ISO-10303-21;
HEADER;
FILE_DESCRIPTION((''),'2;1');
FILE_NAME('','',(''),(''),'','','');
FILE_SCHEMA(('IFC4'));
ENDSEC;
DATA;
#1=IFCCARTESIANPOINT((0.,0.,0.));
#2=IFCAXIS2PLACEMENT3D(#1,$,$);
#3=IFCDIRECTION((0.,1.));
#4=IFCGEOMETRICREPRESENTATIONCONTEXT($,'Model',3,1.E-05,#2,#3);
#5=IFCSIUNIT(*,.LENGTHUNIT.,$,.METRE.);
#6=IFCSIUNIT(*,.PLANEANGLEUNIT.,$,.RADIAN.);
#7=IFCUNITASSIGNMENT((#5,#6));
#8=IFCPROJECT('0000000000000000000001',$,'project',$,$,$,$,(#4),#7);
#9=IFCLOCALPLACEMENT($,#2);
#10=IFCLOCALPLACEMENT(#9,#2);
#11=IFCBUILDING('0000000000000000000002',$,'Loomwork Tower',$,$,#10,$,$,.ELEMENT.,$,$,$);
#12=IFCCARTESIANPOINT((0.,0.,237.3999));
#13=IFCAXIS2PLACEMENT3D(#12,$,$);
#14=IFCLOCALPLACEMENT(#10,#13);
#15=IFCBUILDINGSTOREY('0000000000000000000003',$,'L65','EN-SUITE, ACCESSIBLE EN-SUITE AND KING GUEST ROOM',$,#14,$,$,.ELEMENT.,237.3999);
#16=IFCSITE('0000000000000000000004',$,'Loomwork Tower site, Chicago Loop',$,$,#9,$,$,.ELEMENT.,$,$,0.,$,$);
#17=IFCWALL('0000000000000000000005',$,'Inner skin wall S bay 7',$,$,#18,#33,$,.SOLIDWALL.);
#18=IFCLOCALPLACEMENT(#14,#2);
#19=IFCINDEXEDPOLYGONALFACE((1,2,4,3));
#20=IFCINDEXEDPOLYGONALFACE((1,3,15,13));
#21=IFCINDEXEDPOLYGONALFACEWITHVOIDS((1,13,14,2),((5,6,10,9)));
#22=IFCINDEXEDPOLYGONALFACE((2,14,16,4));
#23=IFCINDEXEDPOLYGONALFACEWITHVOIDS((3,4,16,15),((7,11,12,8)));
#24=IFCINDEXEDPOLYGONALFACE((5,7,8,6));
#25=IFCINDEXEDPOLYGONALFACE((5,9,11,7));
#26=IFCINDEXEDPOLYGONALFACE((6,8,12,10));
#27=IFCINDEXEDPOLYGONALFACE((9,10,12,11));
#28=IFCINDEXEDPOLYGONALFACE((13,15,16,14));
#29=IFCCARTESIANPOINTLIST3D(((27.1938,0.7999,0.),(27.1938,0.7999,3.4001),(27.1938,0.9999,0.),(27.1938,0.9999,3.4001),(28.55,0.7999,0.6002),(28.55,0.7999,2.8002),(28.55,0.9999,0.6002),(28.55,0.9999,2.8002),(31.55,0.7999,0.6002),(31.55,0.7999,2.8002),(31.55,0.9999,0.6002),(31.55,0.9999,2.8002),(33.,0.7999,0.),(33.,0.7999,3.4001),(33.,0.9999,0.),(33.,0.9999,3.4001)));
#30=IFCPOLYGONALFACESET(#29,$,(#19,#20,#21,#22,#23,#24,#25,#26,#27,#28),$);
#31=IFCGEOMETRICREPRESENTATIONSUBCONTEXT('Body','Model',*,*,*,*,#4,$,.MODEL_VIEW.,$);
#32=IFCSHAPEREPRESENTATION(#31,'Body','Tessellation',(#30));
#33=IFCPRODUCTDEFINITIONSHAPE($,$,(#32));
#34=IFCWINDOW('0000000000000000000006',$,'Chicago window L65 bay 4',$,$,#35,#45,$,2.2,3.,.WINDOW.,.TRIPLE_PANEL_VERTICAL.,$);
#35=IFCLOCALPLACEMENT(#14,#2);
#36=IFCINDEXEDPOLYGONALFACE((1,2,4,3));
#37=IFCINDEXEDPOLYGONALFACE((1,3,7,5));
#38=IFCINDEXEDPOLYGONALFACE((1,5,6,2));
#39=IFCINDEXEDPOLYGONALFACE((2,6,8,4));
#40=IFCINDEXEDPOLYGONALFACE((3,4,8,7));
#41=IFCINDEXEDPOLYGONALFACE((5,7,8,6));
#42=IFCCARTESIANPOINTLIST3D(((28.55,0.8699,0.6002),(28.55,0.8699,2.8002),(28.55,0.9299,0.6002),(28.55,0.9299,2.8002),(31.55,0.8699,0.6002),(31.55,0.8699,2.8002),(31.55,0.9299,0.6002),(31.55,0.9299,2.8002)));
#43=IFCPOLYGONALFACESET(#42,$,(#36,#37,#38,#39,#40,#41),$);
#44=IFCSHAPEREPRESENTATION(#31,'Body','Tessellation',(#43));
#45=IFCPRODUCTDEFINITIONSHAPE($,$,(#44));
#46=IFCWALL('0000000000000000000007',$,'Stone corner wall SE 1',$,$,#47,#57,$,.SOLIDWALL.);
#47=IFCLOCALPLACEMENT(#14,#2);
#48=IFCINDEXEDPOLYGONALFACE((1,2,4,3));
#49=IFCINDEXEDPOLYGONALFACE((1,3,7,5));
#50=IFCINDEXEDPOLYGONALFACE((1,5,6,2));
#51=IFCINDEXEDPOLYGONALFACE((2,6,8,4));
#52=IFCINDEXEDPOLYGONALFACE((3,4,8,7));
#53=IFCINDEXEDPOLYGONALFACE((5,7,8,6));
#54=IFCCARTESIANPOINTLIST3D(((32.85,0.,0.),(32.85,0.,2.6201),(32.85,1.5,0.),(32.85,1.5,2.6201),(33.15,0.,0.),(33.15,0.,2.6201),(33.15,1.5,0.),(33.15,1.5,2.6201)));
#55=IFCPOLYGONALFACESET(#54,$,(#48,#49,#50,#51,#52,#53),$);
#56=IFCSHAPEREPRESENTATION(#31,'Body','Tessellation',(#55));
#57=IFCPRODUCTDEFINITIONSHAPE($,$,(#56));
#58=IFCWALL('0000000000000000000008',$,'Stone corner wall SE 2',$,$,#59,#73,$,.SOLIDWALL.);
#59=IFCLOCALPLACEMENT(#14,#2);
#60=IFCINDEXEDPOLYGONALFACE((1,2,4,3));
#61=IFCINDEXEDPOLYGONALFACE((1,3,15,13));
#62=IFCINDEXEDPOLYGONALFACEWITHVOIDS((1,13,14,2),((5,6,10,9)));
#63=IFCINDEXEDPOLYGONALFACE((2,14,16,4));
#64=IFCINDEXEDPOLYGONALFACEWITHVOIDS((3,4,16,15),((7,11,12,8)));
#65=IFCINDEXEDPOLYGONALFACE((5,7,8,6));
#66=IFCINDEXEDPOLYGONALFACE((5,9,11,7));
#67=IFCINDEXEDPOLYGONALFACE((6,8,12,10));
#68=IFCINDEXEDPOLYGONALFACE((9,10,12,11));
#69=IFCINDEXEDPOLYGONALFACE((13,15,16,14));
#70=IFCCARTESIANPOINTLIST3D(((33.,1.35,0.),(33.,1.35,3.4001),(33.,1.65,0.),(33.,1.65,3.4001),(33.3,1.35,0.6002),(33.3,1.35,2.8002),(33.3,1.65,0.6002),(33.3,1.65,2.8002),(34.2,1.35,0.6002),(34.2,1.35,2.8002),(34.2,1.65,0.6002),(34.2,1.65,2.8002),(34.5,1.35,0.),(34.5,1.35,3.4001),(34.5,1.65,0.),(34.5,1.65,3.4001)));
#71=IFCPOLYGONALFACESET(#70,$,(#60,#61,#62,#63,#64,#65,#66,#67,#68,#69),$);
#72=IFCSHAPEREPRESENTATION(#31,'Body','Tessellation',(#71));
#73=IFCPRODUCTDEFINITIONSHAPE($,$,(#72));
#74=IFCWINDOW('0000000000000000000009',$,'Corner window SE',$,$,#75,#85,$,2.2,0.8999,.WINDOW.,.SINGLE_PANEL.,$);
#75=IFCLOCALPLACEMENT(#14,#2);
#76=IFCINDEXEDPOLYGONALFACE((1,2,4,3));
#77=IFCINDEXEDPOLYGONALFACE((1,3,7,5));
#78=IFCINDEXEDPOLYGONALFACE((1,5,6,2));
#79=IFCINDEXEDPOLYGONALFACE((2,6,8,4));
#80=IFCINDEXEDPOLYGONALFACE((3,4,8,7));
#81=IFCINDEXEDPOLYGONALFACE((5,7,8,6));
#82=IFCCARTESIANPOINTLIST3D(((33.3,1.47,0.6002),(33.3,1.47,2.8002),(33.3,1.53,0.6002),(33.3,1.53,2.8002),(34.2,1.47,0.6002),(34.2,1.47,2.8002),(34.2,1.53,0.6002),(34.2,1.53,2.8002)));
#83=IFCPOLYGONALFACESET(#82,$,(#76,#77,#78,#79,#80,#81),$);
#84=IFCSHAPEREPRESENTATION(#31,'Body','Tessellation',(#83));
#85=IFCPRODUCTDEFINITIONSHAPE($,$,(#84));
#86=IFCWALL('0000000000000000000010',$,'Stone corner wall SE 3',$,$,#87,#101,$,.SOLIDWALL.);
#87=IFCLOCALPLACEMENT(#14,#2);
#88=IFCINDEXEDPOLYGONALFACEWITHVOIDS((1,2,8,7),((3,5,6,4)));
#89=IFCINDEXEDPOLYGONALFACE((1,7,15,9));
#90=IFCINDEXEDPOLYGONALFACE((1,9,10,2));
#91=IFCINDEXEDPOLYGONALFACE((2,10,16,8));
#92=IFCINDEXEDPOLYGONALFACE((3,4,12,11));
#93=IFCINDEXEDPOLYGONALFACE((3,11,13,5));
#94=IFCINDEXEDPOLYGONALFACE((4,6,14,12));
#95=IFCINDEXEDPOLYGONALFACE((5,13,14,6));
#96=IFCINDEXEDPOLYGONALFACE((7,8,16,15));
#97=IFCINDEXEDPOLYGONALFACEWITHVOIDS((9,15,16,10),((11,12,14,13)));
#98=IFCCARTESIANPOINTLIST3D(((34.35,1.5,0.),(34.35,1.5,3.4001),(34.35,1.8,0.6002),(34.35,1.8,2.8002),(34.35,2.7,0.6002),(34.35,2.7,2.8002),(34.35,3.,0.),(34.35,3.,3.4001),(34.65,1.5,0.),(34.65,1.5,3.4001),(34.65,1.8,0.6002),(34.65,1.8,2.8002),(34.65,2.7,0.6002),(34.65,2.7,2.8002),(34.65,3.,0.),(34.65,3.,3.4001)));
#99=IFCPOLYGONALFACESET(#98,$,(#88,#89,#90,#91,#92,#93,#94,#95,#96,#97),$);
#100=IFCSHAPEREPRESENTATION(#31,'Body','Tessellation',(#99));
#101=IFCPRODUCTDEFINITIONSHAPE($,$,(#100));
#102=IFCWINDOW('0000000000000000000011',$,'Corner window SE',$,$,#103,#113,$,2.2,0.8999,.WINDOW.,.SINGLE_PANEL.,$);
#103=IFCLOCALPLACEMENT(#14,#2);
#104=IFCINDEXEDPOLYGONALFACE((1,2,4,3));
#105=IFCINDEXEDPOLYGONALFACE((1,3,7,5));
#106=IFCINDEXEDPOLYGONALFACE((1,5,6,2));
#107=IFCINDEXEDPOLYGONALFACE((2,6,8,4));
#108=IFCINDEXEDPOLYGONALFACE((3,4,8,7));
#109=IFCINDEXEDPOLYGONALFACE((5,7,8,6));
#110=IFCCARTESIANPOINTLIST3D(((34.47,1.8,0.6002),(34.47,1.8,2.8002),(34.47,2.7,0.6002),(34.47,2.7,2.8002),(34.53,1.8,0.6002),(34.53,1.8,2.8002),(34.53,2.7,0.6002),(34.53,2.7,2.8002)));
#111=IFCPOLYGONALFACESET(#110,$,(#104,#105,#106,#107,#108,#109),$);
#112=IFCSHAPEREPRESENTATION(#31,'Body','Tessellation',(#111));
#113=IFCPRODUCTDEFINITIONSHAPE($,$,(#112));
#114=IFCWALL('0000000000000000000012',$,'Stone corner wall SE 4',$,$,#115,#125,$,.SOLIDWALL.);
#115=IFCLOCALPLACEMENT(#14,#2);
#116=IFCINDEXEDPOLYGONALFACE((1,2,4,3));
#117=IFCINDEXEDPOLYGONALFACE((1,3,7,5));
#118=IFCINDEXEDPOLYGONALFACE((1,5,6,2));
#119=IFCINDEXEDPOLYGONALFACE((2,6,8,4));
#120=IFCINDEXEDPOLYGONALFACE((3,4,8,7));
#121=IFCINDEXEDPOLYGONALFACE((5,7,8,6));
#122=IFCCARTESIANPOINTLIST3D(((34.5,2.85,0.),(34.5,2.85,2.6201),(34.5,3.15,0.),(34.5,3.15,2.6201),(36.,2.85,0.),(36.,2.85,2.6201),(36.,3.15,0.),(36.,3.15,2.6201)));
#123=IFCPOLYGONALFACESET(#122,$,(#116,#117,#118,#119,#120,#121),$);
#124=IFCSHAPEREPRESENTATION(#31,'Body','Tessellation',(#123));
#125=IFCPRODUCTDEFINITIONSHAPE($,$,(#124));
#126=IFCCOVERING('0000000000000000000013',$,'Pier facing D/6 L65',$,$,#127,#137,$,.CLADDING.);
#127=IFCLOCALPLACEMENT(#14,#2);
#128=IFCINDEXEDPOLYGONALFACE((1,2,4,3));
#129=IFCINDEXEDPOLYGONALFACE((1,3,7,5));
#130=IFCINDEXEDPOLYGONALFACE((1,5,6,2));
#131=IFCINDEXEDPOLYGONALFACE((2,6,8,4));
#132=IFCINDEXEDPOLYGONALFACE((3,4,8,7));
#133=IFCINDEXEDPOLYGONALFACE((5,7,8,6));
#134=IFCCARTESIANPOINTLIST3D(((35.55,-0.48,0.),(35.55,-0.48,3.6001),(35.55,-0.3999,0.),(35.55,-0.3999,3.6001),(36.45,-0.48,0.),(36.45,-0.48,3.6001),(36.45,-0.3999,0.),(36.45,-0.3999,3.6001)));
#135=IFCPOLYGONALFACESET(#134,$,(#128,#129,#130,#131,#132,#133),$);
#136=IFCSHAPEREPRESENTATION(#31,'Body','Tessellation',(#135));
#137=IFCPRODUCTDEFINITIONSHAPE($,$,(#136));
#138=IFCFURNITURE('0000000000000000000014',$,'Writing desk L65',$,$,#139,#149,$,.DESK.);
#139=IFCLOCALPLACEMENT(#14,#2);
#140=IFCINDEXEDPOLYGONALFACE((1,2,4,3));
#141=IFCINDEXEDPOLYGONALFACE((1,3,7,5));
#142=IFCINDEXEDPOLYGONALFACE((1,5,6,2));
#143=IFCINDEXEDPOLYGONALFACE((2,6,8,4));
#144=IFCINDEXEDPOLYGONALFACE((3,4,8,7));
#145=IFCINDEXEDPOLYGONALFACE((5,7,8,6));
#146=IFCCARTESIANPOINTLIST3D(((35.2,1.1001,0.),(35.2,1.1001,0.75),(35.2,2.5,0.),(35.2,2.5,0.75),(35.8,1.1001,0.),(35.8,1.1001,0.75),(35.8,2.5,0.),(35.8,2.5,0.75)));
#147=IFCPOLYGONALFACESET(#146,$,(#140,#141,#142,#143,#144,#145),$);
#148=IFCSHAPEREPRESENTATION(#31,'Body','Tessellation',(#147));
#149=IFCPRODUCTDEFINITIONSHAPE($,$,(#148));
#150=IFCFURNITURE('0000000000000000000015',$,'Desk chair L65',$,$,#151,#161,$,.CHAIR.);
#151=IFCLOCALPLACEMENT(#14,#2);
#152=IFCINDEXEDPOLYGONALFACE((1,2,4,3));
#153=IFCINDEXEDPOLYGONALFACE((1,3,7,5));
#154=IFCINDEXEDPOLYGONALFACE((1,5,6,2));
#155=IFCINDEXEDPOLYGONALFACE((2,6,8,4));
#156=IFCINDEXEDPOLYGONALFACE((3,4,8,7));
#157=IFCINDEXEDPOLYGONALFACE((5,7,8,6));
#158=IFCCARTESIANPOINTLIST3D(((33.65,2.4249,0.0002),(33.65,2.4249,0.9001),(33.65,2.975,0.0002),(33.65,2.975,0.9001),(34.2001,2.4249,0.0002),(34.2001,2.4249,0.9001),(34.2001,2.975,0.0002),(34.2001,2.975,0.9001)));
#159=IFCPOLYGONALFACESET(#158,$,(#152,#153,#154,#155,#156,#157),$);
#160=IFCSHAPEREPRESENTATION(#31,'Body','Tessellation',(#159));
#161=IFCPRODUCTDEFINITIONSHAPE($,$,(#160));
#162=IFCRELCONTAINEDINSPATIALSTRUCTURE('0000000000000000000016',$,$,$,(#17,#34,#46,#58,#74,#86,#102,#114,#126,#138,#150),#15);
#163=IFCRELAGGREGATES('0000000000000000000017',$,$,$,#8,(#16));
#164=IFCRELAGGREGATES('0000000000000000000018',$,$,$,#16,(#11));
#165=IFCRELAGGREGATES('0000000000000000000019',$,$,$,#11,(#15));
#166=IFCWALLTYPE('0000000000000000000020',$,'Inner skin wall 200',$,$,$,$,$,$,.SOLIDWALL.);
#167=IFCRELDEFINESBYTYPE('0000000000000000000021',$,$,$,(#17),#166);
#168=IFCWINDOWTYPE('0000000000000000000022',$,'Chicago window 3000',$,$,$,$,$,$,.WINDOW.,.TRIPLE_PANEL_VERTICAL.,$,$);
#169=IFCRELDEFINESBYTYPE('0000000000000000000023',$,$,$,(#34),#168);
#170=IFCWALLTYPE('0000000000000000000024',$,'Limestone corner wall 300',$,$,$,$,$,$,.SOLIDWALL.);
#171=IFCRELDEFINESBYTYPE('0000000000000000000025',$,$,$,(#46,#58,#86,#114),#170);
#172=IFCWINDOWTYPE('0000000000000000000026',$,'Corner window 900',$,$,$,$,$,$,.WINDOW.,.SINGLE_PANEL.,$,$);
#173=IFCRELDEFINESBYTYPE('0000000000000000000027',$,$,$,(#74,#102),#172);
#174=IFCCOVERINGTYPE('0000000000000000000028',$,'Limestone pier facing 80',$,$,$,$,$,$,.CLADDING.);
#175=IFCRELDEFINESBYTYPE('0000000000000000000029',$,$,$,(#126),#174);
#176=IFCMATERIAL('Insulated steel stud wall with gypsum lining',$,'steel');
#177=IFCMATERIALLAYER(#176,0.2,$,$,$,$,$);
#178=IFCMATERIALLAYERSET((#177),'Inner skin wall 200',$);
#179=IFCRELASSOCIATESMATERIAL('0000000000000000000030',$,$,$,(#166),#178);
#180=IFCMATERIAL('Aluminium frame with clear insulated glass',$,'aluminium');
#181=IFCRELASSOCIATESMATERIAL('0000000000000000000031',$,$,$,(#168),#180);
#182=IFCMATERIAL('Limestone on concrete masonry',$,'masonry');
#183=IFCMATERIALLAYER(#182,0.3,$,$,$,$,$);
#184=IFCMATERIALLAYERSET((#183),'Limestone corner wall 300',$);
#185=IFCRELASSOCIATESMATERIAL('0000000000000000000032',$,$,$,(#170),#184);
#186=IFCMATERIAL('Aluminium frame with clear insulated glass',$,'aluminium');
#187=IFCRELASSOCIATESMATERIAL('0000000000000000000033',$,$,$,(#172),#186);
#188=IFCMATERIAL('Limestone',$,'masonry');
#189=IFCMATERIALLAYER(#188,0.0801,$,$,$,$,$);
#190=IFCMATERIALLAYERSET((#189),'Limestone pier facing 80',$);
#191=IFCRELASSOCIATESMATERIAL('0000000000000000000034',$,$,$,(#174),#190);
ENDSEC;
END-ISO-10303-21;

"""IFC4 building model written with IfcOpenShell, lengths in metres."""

from ifc_helpers import new_model, si_unit, direction, frame, frame_2d, origin, origin_2d, place, context, subcontext, project, spatial, rectangle, extrude, material, layer, layer_set, type_object, element, fill, save


model = new_model("IFC4")

# Units and contexts
model_context = context("Model", 3, precision=1e-05, world=origin(), true_north=direction((0.0, 1.0)))
body_context = subcontext(model_context, "Body", "Model", "MODEL_VIEW")
ifc_project = project(units=[si_unit("LENGTHUNIT", "METRE"), si_unit("PLANEANGLEUNIT", "RADIAN")], contexts=[model_context])

# Site, building, storey
site_placement = place(None, origin())
site = spatial("IfcSite", under=ifc_project, at=site_placement, Name="Loomwork Tower site, Chicago Loop", CompositionType="ELEMENT", RefElevation=0.0)
building_placement = place(site_placement, origin())
building = spatial("IfcBuilding", under=site, at=building_placement, Name="Loomwork Tower", CompositionType="ELEMENT")
storey_placement = place(building_placement, frame((0.0, 0.0, 237.3999)))
storey = spatial("IfcBuildingStorey", under=building, at=storey_placement, Name="L65", Description="EN-SUITE, ACCESSIBLE EN-SUITE AND KING GUEST ROOM", CompositionType="ELEMENT", Elevation=237.3999)

# Wall, opening, window
ifc_material_1 = material(Name="Insulated steel stud wall with gypsum lining", Category="steel")
ifc_layer_1 = layer(ifc_material_1, 0.2)
ifc_layer_set_1 = layer_set([ifc_layer_1], Name="Inner skin wall 200")
wall_type_1 = type_object("IfcWallType", Name="Inner skin wall 200", PredefinedType="SOLIDWALL", material=ifc_layer_set_1)
wall_1_placement = place(storey_placement, frame((27.1938, 0.8999, 0.0), z_axis=(0.0, 0.0, 1.0), x_axis=(1.0, 0.0, 0.0)))
wall_1 = element("IfcWall", 1, at=wall_1_placement, inside=storey, type_object=wall_type_1, Name="Inner skin wall S bay 7", PredefinedType="SOLIDWALL", context=body_context, shape_type="SweptSolid", body=[
    extrude(rectangle(XDim=5.8062, YDim=0.2, at=frame_2d((2.9031, 0.0))), origin(), (0.0, 0.0, 1.0), 3.4001),
])
opening_1_placement = place(wall_1_placement, frame((1.3562, 0.0, 0.6001)))
opening_1 = element("IfcOpeningElement", 2, at=opening_1_placement, cuts=wall_1, PredefinedType="OPENING", context=body_context, shape_type="SweptSolid", body=[
    extrude(rectangle(XDim=3.0, YDim=2.2, at=frame_2d((1.5, 1.1001))), frame((0.0, 0.1099, 0.0), z_axis=(0.0, -1.0, 0.0), x_axis=(1.0, 0.0, 0.0)), (0.0, 0.0, 1.0), 0.22),
])
ifc_material_2 = material(Name="Aluminium frame with clear insulated glass", Category="aluminium")
window_type_1 = type_object("IfcWindowType", Name="Chicago window 3000", PartitioningType="TRIPLE_PANEL_VERTICAL", PredefinedType="WINDOW", material=ifc_material_2)
window_1_placement = place(opening_1_placement, origin())
window_1 = element("IfcWindow", 3, at=window_1_placement, inside=storey, type_object=window_type_1, Name="Chicago window L65 bay 4", OverallHeight=2.2, OverallWidth=3.0, PartitioningType="TRIPLE_PANEL_VERTICAL", PredefinedType="WINDOW", context=body_context, shape_type="SweptSolid", body=[
    extrude(rectangle(XDim=3.0, YDim=2.2, at=frame_2d((1.5, 1.1001))), frame((0.0, 0.03, 0.0), z_axis=(0.0, -1.0, 0.0), x_axis=(1.0, 0.0, 0.0)), (0.0, 0.0, 1.0), 0.0601),
])
fill(opening_1, window_1)

# Wall
ifc_material_3 = material(Name="Limestone on concrete masonry", Category="masonry")
ifc_layer_2 = layer(ifc_material_3, 0.3)
ifc_layer_set_2 = layer_set([ifc_layer_2], Name="Limestone corner wall 300")
wall_type_2 = type_object("IfcWallType", Name="Limestone corner wall 300", PredefinedType="SOLIDWALL", material=ifc_layer_set_2)
wall_2_placement = place(storey_placement, frame((33.0, 0.0, 0.0), z_axis=(0.0, 0.0, 1.0), x_axis=(0.0, 1.0, 0.0)))
element("IfcWall", 4, at=wall_2_placement, inside=storey, type_object=wall_type_2, Name="Stone corner wall SE 1", PredefinedType="SOLIDWALL", context=body_context, shape_type="SweptSolid", body=[
    extrude(rectangle(XDim=1.5, YDim=0.3, at=frame_2d((0.75, 0.0))), origin(), (0.0, 0.0, 1.0), 2.6201),
])

# Walls, openings, windows
wall_3_placement = place(storey_placement, frame((33.0, 1.5, 0.0), z_axis=(0.0, 0.0, 1.0), x_axis=(1.0, 0.0, 0.0)))
wall_3 = element("IfcWall", 5, at=wall_3_placement, inside=storey, type_object=wall_type_2, Name="Stone corner wall SE 2", PredefinedType="SOLIDWALL", context=body_context, shape_type="SweptSolid", body=[
    extrude(rectangle(XDim=1.5, YDim=0.3, at=frame_2d((0.75, 0.0))), origin(), (0.0, 0.0, 1.0), 3.4001),
])
opening_2_placement = place(wall_3_placement, frame((0.3, 0.0, 0.6001)))
opening_2 = element("IfcOpeningElement", 6, at=opening_2_placement, cuts=wall_3, PredefinedType="OPENING", context=body_context, shape_type="SweptSolid", body=[
    extrude(rectangle(XDim=0.8999, YDim=2.2, at=frame_2d((0.45, 1.1001))), frame((0.0, 0.1599, 0.0), z_axis=(0.0, -1.0, 0.0), x_axis=(1.0, 0.0, 0.0)), (0.0, 0.0, 1.0), 0.3201),
])
ifc_material_4 = material(Name="Aluminium frame with clear insulated glass", Category="aluminium")
window_type_2 = type_object("IfcWindowType", Name="Corner window 900", PartitioningType="SINGLE_PANEL", PredefinedType="WINDOW", material=ifc_material_4)
window_2_placement = place(opening_2_placement, origin())
window_2 = element("IfcWindow", 7, at=window_2_placement, inside=storey, type_object=window_type_2, Name="Corner window SE", OverallHeight=2.2, OverallWidth=0.8999, PartitioningType="SINGLE_PANEL", PredefinedType="WINDOW", context=body_context, shape_type="SweptSolid", body=[
    extrude(rectangle(XDim=0.8999, YDim=2.2, at=frame_2d((0.45, 1.1001))), frame((0.0, 0.03, 0.0), z_axis=(0.0, -1.0, 0.0), x_axis=(1.0, 0.0, 0.0)), (0.0, 0.0, 1.0), 0.0601),
])
fill(opening_2, window_2)
wall_4_placement = place(storey_placement, frame((34.5, 1.5, 0.0), z_axis=(0.0, 0.0, 1.0), x_axis=(0.0, 1.0, 0.0)))
wall_4 = element("IfcWall", 8, at=wall_4_placement, inside=storey, type_object=wall_type_2, Name="Stone corner wall SE 3", PredefinedType="SOLIDWALL", context=body_context, shape_type="SweptSolid", body=[
    extrude(rectangle(XDim=1.5, YDim=0.3, at=frame_2d((0.75, 0.0))), origin(), (0.0, 0.0, 1.0), 3.4001),
])
opening_3_placement = place(wall_4_placement, frame((0.3, 0.0, 0.6001)))
opening_3 = element("IfcOpeningElement", 9, at=opening_3_placement, cuts=wall_4, PredefinedType="OPENING", context=body_context, shape_type="SweptSolid", body=[
    extrude(rectangle(XDim=0.8999, YDim=2.2, at=frame_2d((0.45, 1.1001))), frame((0.0, 0.1599, 0.0), z_axis=(0.0, -1.0, 0.0), x_axis=(1.0, 0.0, 0.0)), (0.0, 0.0, 1.0), 0.3201),
])
window_3_placement = place(opening_3_placement, origin())
window_3 = element("IfcWindow", 10, at=window_3_placement, inside=storey, type_object=window_type_2, Name="Corner window SE", OverallHeight=2.2, OverallWidth=0.8999, PartitioningType="SINGLE_PANEL", PredefinedType="WINDOW", context=body_context, shape_type="SweptSolid", body=[
    extrude(rectangle(XDim=0.8999, YDim=2.2, at=frame_2d((0.45, 1.1001))), frame((0.0, 0.03, 0.0), z_axis=(0.0, -1.0, 0.0), x_axis=(1.0, 0.0, 0.0)), (0.0, 0.0, 1.0), 0.0601),
])
fill(opening_3, window_3)

# Wall
wall_5_placement = place(storey_placement, frame((34.5, 3.0, 0.0), z_axis=(0.0, 0.0, 1.0), x_axis=(1.0, 0.0, 0.0)))
element("IfcWall", 11, at=wall_5_placement, inside=storey, type_object=wall_type_2, Name="Stone corner wall SE 4", PredefinedType="SOLIDWALL", context=body_context, shape_type="SweptSolid", body=[
    extrude(rectangle(XDim=1.5, YDim=0.3, at=frame_2d((0.75, 0.0))), origin(), (0.0, 0.0, 1.0), 2.6201),
])

# Covering
ifc_material_5 = material(Name="Limestone", Category="masonry")
ifc_layer_3 = layer(ifc_material_5, 0.0801)
ifc_layer_set_3 = layer_set([ifc_layer_3], Name="Limestone pier facing 80")
covering_type = type_object("IfcCoveringType", Name="Limestone pier facing 80", PredefinedType="CLADDING", material=ifc_layer_set_3)
covering_placement = place(storey_placement, frame((36.0, -0.4399, 0.0), z_axis=(0.0, 0.0, 1.0), x_axis=(1.0, 0.0, 0.0)))
element("IfcCovering", 12, at=covering_placement, inside=storey, type_object=covering_type, Name="Pier facing D/6 L65", PredefinedType="CLADDING", context=body_context, shape_type="SweptSolid", body=[
    extrude(rectangle(XDim=0.8999, YDim=0.0801, at=origin_2d()), origin(), (0.0, 0.0, 1.0), 3.6001),
])

# Furniture
furniture_1_placement = place(storey_placement, frame((35.5, 1.8, 0.0), z_axis=(0.0, 0.0, 1.0), x_axis=(1.0, 0.0, 0.0)))
element("IfcFurniture", 13, at=furniture_1_placement, inside=storey, Name="Writing desk L65", PredefinedType="DESK", context=body_context, shape_type="SweptSolid", body=[
    extrude(rectangle(XDim=0.6001, YDim=1.3999, at=origin_2d()), origin(), (0.0, 0.0, 1.0), 0.75),
])
furniture_2_placement = place(storey_placement, frame((33.925, 2.7, 0.0002), z_axis=(0.0, 0.0, 1.0), x_axis=(1.0, 0.0, 0.0)))
element("IfcFurniture", 14, at=furniture_2_placement, inside=storey, Name="Desk chair L65", PredefinedType="CHAIR", context=body_context, shape_type="SweptSolid", body=[
    extrude(rectangle(XDim=0.55, YDim=0.55, at=origin_2d()), origin(), (0.0, 0.0, 1.0), 0.8999),
])

save(model, "model.ifc")
